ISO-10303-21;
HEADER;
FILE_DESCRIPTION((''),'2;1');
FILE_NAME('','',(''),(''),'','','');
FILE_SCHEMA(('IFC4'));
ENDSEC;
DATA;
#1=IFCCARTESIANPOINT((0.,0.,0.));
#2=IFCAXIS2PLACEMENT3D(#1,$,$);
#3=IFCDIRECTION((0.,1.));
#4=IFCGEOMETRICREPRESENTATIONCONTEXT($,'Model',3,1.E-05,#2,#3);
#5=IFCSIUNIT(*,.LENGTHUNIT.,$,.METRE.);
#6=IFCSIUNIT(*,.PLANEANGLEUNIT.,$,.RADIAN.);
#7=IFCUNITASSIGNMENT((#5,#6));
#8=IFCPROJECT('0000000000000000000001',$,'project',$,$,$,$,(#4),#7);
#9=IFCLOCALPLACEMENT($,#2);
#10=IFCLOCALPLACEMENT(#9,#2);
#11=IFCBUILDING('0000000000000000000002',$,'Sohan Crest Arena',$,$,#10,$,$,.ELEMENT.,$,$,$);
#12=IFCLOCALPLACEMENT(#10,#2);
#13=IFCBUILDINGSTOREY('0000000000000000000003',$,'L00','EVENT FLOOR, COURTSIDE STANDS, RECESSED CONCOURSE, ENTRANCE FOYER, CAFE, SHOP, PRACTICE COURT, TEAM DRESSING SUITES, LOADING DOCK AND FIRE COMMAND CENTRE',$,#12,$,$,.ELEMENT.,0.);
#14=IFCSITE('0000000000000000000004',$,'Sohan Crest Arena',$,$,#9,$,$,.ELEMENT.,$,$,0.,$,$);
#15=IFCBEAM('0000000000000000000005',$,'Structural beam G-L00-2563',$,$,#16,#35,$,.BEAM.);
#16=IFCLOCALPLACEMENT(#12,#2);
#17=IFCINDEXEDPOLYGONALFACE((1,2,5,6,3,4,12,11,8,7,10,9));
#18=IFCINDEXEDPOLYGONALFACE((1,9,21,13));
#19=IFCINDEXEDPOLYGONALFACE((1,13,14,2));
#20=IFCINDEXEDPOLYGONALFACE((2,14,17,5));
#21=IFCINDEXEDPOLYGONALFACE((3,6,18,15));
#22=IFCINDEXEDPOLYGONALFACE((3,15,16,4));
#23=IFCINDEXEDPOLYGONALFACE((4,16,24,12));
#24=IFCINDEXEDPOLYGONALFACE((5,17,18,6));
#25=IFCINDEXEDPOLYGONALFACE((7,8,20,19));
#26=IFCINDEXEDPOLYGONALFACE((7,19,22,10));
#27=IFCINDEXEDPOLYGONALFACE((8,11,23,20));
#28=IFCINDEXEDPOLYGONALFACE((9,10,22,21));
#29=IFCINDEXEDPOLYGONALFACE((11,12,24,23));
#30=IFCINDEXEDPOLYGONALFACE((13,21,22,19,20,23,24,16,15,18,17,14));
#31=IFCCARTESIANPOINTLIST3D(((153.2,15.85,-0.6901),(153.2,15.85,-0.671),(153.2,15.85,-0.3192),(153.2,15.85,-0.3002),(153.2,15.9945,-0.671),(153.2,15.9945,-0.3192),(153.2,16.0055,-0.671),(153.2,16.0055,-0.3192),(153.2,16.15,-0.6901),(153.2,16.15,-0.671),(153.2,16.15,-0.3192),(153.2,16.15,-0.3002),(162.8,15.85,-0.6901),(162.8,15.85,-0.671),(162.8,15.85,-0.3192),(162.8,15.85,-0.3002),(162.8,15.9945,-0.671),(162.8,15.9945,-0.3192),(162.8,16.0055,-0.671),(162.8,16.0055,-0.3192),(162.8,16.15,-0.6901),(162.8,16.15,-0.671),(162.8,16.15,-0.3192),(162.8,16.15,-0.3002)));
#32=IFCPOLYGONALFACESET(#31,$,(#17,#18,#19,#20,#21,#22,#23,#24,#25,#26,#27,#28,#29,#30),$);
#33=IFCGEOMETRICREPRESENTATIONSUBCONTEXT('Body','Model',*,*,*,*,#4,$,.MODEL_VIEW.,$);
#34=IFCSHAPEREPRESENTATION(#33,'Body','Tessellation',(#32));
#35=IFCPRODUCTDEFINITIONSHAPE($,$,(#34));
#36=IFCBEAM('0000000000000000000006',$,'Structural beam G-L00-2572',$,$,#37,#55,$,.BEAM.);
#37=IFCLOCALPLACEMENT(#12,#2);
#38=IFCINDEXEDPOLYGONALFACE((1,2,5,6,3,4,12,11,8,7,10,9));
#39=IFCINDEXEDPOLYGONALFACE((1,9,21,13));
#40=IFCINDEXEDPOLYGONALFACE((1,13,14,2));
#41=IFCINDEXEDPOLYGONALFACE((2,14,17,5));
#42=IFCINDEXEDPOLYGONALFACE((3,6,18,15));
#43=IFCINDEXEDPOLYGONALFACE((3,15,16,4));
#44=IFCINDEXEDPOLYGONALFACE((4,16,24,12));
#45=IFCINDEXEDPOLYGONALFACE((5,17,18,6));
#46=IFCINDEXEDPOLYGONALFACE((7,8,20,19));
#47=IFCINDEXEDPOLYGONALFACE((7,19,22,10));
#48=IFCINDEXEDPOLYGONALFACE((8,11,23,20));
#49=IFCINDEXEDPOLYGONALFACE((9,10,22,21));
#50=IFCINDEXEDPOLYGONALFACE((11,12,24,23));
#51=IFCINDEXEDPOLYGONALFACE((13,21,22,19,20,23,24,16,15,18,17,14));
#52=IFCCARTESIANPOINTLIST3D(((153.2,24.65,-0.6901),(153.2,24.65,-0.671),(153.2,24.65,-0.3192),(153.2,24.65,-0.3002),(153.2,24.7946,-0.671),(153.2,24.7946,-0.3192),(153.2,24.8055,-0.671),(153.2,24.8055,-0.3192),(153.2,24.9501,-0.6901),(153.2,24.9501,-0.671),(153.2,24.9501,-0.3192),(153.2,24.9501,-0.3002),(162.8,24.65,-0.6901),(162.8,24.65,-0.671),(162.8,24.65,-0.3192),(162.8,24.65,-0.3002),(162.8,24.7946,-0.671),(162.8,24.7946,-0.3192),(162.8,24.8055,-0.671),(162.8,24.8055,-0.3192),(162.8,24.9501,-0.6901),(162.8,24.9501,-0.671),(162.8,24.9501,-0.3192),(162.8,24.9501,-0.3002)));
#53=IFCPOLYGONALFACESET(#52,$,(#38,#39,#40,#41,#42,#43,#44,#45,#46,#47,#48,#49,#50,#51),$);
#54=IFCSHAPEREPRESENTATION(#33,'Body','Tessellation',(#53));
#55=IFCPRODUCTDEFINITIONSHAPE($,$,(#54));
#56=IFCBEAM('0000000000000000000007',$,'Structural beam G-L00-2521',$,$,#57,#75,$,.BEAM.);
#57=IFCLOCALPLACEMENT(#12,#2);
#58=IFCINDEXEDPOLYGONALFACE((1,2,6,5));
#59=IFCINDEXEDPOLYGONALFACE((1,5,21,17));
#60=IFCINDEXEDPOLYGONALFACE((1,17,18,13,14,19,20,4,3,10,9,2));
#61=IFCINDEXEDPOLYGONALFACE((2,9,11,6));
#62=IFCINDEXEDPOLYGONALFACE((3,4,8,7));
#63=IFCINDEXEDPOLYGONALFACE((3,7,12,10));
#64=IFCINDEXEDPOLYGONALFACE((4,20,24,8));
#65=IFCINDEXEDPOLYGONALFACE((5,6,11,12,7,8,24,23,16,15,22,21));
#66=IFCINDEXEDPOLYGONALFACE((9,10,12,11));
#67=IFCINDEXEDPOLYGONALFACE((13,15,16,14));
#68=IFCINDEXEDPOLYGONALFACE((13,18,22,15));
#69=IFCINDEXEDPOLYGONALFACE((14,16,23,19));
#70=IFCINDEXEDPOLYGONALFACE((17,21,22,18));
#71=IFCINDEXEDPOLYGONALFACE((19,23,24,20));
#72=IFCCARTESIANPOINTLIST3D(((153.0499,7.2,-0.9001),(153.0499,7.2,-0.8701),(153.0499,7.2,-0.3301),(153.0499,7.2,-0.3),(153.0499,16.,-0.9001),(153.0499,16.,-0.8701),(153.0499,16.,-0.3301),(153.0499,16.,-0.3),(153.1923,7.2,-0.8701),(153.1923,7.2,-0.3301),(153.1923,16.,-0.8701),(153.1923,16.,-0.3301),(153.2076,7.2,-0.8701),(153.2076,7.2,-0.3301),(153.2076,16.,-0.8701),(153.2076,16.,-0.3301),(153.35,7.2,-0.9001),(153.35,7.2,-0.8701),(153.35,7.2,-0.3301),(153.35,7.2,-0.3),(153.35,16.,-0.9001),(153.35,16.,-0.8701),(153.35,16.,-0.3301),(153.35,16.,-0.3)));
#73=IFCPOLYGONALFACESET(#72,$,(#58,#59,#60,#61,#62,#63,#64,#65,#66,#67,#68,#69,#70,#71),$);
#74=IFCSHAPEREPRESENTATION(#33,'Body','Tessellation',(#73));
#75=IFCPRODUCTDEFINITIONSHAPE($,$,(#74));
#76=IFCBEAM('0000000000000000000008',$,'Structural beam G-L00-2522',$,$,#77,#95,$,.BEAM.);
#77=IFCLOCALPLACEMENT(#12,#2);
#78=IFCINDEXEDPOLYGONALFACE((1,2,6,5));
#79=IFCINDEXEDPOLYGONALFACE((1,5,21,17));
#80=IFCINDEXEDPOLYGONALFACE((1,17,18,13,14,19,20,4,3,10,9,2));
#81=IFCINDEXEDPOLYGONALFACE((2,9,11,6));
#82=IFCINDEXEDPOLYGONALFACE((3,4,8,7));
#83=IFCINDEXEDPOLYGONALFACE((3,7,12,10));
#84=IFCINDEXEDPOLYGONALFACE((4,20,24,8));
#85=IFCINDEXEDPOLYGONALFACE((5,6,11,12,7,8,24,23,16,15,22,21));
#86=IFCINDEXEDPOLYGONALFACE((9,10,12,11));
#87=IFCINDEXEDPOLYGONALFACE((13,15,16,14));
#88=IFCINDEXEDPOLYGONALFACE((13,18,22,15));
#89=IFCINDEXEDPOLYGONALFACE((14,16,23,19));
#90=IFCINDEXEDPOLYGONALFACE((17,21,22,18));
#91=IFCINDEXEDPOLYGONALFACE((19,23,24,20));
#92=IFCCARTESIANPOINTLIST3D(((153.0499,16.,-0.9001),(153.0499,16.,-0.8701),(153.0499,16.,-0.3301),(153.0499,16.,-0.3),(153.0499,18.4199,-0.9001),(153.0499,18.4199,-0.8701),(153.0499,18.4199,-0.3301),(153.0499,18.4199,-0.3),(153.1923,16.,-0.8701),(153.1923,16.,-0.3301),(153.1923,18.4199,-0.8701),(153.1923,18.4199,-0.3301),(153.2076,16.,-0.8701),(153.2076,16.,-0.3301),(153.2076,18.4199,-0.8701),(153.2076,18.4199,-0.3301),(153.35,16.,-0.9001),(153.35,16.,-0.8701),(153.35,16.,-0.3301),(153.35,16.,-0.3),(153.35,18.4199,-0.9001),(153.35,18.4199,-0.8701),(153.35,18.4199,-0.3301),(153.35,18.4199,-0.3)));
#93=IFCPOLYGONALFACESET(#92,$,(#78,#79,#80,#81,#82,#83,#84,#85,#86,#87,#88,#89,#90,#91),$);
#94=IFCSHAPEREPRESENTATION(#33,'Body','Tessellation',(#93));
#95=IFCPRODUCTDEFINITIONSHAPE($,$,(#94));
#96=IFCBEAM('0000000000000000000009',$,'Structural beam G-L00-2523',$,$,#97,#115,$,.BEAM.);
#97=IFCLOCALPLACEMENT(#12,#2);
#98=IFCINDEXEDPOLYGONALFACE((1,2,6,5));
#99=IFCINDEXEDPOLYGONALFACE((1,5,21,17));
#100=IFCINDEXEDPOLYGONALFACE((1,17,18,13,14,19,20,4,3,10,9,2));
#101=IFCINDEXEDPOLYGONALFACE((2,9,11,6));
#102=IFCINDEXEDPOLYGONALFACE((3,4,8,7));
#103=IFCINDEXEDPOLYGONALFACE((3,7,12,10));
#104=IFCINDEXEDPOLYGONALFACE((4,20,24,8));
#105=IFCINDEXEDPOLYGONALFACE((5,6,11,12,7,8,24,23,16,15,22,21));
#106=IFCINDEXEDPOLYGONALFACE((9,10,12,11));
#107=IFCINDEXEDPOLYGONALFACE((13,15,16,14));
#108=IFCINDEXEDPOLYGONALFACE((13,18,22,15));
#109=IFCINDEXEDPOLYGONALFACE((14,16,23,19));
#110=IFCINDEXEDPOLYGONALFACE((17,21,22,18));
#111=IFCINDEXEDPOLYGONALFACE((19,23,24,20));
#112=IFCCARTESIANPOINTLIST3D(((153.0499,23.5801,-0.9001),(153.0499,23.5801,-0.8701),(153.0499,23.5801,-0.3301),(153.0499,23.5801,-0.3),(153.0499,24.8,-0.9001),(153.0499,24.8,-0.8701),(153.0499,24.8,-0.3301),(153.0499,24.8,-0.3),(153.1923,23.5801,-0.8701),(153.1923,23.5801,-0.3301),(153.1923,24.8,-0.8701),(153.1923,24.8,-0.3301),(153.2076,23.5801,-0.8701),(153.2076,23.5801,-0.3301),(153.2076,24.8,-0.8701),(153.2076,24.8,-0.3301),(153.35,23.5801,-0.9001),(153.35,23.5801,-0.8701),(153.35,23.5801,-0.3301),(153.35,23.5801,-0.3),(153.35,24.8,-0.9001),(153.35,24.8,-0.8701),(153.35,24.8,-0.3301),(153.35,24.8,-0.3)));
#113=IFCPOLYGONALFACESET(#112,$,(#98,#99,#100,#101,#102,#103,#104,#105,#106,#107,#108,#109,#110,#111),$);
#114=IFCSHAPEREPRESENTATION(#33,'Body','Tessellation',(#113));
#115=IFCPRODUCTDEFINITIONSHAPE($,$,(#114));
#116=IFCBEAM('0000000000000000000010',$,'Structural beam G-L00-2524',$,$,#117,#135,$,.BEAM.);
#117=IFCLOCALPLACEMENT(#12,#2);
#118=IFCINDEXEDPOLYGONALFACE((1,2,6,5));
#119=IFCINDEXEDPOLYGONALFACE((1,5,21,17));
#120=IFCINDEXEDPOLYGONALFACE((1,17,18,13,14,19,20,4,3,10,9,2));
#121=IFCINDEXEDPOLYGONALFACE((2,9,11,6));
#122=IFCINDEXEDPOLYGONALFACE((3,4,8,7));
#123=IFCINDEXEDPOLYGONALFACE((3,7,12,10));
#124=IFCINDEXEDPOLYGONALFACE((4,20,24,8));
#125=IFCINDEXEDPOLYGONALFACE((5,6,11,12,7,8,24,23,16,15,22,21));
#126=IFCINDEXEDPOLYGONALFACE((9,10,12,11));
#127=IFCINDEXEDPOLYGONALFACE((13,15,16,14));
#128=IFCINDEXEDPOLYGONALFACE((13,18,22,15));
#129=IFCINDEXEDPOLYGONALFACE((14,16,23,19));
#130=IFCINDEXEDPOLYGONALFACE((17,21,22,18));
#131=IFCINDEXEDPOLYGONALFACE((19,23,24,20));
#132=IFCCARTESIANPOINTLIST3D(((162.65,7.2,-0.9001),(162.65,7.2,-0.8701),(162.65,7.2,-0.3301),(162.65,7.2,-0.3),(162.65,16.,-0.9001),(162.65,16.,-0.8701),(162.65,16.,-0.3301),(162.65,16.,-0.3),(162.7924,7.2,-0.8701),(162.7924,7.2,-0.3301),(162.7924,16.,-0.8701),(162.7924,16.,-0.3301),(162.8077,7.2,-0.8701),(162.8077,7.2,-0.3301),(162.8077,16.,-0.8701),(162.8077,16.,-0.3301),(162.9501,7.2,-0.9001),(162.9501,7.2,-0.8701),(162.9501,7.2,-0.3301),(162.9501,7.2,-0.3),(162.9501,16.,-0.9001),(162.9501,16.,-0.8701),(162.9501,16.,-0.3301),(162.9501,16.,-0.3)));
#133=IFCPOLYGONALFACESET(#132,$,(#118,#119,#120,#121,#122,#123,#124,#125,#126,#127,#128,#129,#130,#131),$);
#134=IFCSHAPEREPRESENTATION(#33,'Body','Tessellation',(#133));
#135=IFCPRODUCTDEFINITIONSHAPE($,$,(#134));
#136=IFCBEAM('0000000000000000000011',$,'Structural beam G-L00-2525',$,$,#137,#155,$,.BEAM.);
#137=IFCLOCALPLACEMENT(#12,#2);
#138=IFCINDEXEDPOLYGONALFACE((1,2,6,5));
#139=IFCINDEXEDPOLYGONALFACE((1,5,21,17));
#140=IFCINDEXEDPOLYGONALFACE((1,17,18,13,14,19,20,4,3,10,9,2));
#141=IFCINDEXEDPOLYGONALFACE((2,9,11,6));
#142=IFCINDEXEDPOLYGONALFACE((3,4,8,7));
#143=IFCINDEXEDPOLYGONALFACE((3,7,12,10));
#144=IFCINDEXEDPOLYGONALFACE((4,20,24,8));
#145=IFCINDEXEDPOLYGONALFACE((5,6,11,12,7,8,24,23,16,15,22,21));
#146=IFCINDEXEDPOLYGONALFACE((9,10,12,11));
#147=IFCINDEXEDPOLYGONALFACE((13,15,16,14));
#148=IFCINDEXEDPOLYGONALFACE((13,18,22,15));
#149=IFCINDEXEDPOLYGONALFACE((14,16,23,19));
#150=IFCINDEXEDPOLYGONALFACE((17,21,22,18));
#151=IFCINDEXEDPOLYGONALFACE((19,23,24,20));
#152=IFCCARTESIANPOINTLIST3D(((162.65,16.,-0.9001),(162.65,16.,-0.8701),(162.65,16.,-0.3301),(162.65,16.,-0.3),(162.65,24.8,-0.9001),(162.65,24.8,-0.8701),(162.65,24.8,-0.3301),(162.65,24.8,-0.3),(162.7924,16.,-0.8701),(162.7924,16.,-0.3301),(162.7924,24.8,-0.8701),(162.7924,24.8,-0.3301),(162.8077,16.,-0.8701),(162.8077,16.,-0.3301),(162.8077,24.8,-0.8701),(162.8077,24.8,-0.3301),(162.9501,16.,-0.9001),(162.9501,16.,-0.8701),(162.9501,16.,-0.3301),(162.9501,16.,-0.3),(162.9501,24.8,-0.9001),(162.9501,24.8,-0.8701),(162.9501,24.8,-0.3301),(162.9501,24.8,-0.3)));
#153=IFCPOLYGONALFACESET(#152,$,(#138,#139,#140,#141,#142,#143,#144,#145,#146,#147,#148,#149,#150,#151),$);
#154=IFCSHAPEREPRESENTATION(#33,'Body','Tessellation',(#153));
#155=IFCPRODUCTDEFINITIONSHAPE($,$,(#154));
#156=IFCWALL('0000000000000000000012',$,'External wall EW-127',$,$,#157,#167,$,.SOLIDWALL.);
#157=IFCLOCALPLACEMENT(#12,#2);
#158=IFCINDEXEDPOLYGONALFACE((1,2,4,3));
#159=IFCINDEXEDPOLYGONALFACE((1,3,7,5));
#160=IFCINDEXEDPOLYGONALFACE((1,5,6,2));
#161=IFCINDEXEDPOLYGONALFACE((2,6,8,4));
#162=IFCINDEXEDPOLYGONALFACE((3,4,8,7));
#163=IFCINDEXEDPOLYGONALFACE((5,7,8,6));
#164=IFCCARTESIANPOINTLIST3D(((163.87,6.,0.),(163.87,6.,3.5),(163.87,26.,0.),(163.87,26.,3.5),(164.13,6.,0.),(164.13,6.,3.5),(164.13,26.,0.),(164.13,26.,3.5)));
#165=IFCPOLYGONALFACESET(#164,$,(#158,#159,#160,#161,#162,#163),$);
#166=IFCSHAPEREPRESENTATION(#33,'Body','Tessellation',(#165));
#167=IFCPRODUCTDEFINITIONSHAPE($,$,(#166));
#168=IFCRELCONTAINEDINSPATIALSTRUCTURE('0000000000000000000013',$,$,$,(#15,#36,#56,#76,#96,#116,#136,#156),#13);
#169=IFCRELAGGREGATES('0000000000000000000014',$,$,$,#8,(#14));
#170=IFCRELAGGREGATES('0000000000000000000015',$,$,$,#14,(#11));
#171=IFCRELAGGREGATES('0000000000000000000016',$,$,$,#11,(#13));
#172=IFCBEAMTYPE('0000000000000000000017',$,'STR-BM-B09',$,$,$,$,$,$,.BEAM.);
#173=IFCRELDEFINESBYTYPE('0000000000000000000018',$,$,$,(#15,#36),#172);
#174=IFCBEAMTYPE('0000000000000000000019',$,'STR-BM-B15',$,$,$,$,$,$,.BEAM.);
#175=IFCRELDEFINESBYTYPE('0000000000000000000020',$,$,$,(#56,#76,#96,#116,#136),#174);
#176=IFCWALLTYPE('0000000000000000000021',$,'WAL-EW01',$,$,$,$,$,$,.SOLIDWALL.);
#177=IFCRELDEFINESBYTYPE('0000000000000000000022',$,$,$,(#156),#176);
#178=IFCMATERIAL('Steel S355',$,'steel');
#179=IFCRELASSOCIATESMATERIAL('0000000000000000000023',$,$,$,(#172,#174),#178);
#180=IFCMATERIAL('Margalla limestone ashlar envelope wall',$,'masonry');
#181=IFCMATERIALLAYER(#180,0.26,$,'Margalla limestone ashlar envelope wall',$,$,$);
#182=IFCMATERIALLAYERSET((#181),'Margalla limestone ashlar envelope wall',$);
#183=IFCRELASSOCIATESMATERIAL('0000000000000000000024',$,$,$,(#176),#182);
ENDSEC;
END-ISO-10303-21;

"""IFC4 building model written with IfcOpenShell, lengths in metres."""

from ifc_helpers import new_model, si_unit, direction, frame, frame_2d, origin, origin_2d, place, context, subcontext, project, spatial, rectangle, i_section, extrude, material, layer, layer_set, material_profile, profile_set, type_object, element, save


model = new_model("IFC4")

# Units and contexts
model_context = context("Model", 3, precision=1e-05, world=origin(), true_north=direction((0.0, 1.0)))
body_context = subcontext(model_context, "Body", "Model", "MODEL_VIEW")
ifc_project = project(units=[si_unit("LENGTHUNIT", "METRE"), si_unit("PLANEANGLEUNIT", "RADIAN")], contexts=[model_context])

# Site, building, storey
site_placement = place(None, origin())
site = spatial("IfcSite", under=ifc_project, at=site_placement, Name="Sohan Crest Arena", CompositionType="ELEMENT", RefElevation=0.0)
building_placement = place(site_placement, origin())
building = spatial("IfcBuilding", under=site, at=building_placement, Name="Sohan Crest Arena", CompositionType="ELEMENT")
storey_placement = place(building_placement, origin())
storey = spatial("IfcBuildingStorey", under=building, at=storey_placement, Name="L00", Description="EVENT FLOOR, COURTSIDE STANDS, RECESSED CONCOURSE, ENTRANCE FOYER, CAFE, SHOP, PRACTICE COURT, TEAM DRESSING SUITES, LOADING DOCK AND FIRE COMMAND CENTRE", CompositionType="ELEMENT", Elevation=0.0)

# Shared definitions
ifc_material_1 = material(Name="Steel S355", Category="steel")

# Beams
ifc_material_profile_1 = material_profile(ifc_material_1, i_section(OverallWidth=0.3, OverallDepth=0.3899, WebThickness=0.011, FlangeThickness=0.019, at=origin_2d()), Name="HEA 400")
ifc_profile_set_1 = profile_set([ifc_material_profile_1], Name="Steel S355")
beam_type_1 = type_object("IfcBeamType", Name="STR-BM-B09", PredefinedType="BEAM", material=ifc_profile_set_1)
for number, where, z_axis, x_axis, name in (
    (1, (153.2, 16.0, -0.4951), (1.0, 0.0, 0.0), (0.0, 1.0, 0.0), "Structural beam G-L00-2563"),
    (2, (153.2, 24.8, -0.4951), (1.0, 0.0, 0.0), (0.0, 1.0, 0.0), "Structural beam G-L00-2572"),
):
    element("IfcBeam", number, at=place(storey_placement, frame(where, z_axis=z_axis, x_axis=x_axis)), inside=storey, type_object=beam_type_1, Name=name, PredefinedType="BEAM", context=body_context, shape_type="SweptSolid", body=[
        extrude(i_section(OverallWidth=0.3, OverallDepth=0.3899, WebThickness=0.011, FlangeThickness=0.019, at=origin_2d()), origin(), (0.0, 0.0, 1.0), 9.6001),
    ])
ifc_material_profile_2 = material_profile(ifc_material_1, i_section(OverallWidth=0.3, OverallDepth=0.6001, WebThickness=0.0154, FlangeThickness=0.03, at=origin_2d()), Name="HEB 600")
ifc_profile_set_2 = profile_set([ifc_material_profile_2], Name="Steel S355")
beam_type_2 = type_object("IfcBeamType", Name="STR-BM-B15", PredefinedType="BEAM", material=ifc_profile_set_2)
beam_1_placement = place(storey_placement, frame((153.2, 7.2, -0.6001), z_axis=(0.0, 1.0, 0.0), x_axis=(-1.0, 0.0, 0.0)))
element("IfcBeam", 3, at=beam_1_placement, inside=storey, type_object=beam_type_2, Name="Structural beam G-L00-2521", PredefinedType="BEAM", context=body_context, shape_type="SweptSolid", body=[
    extrude(i_section(OverallWidth=0.3, OverallDepth=0.6001, WebThickness=0.0154, FlangeThickness=0.03, at=origin_2d()), origin(), (0.0, 0.0, 1.0), 8.8),
])
beam_2_placement = place(storey_placement, frame((153.2, 16.0, -0.6001), z_axis=(0.0, 1.0, 0.0), x_axis=(-1.0, 0.0, 0.0)))
element("IfcBeam", 4, at=beam_2_placement, inside=storey, type_object=beam_type_2, Name="Structural beam G-L00-2522", PredefinedType="BEAM", context=body_context, shape_type="SweptSolid", body=[
    extrude(i_section(OverallWidth=0.3, OverallDepth=0.6001, WebThickness=0.0154, FlangeThickness=0.03, at=origin_2d()), origin(), (0.0, 0.0, 1.0), 2.4199),
])
beam_3_placement = place(storey_placement, frame((153.2, 23.5801, -0.6001), z_axis=(0.0, 1.0, 0.0), x_axis=(-1.0, 0.0, 0.0)))
element("IfcBeam", 5, at=beam_3_placement, inside=storey, type_object=beam_type_2, Name="Structural beam G-L00-2523", PredefinedType="BEAM", context=body_context, shape_type="SweptSolid", body=[
    extrude(i_section(OverallWidth=0.3, OverallDepth=0.6001, WebThickness=0.0154, FlangeThickness=0.03, at=origin_2d()), origin(), (0.0, 0.0, 1.0), 1.22),
])
for number, where, z_axis, x_axis, name in (
    (6, (162.8, 7.2, -0.6001), (0.0, 1.0, 0.0), (-1.0, 0.0, 0.0), "Structural beam G-L00-2524"),
    (7, (162.8, 16.0, -0.6001), (0.0, 1.0, 0.0), (-1.0, 0.0, 0.0), "Structural beam G-L00-2525"),
):
    element("IfcBeam", number, at=place(storey_placement, frame(where, z_axis=z_axis, x_axis=x_axis)), inside=storey, type_object=beam_type_2, Name=name, PredefinedType="BEAM", context=body_context, shape_type="SweptSolid", body=[
        extrude(i_section(OverallWidth=0.3, OverallDepth=0.6001, WebThickness=0.0154, FlangeThickness=0.03, at=origin_2d()), origin(), (0.0, 0.0, 1.0), 8.8),
    ])

# Wall
ifc_material_2 = material(Name="Margalla limestone ashlar envelope wall", Category="masonry")
ifc_layer_1 = layer(ifc_material_2, 0.26, Name="Margalla limestone ashlar envelope wall")
ifc_layer_set_1 = layer_set([ifc_layer_1], Name="Margalla limestone ashlar envelope wall")
wall_type_1 = type_object("IfcWallType", Name="WAL-EW01", PredefinedType="SOLIDWALL", material=ifc_layer_set_1)
wall_1_placement = place(storey_placement, frame((164.0, 6.0, 0.0), z_axis=(0.0, 0.0, 1.0), x_axis=(0.0, 1.0, 0.0)))
element("IfcWall", 8, at=wall_1_placement, inside=storey, type_object=wall_type_1, Name="External wall EW-127", PredefinedType="SOLIDWALL", context=body_context, shape_type="SweptSolid", body=[
    extrude(rectangle(XDim=20.0, YDim=0.26, at=frame_2d((10.0, 0.0))), origin(), (0.0, 0.0, 1.0), 3.5),
])

save(model, "model.ifc")
